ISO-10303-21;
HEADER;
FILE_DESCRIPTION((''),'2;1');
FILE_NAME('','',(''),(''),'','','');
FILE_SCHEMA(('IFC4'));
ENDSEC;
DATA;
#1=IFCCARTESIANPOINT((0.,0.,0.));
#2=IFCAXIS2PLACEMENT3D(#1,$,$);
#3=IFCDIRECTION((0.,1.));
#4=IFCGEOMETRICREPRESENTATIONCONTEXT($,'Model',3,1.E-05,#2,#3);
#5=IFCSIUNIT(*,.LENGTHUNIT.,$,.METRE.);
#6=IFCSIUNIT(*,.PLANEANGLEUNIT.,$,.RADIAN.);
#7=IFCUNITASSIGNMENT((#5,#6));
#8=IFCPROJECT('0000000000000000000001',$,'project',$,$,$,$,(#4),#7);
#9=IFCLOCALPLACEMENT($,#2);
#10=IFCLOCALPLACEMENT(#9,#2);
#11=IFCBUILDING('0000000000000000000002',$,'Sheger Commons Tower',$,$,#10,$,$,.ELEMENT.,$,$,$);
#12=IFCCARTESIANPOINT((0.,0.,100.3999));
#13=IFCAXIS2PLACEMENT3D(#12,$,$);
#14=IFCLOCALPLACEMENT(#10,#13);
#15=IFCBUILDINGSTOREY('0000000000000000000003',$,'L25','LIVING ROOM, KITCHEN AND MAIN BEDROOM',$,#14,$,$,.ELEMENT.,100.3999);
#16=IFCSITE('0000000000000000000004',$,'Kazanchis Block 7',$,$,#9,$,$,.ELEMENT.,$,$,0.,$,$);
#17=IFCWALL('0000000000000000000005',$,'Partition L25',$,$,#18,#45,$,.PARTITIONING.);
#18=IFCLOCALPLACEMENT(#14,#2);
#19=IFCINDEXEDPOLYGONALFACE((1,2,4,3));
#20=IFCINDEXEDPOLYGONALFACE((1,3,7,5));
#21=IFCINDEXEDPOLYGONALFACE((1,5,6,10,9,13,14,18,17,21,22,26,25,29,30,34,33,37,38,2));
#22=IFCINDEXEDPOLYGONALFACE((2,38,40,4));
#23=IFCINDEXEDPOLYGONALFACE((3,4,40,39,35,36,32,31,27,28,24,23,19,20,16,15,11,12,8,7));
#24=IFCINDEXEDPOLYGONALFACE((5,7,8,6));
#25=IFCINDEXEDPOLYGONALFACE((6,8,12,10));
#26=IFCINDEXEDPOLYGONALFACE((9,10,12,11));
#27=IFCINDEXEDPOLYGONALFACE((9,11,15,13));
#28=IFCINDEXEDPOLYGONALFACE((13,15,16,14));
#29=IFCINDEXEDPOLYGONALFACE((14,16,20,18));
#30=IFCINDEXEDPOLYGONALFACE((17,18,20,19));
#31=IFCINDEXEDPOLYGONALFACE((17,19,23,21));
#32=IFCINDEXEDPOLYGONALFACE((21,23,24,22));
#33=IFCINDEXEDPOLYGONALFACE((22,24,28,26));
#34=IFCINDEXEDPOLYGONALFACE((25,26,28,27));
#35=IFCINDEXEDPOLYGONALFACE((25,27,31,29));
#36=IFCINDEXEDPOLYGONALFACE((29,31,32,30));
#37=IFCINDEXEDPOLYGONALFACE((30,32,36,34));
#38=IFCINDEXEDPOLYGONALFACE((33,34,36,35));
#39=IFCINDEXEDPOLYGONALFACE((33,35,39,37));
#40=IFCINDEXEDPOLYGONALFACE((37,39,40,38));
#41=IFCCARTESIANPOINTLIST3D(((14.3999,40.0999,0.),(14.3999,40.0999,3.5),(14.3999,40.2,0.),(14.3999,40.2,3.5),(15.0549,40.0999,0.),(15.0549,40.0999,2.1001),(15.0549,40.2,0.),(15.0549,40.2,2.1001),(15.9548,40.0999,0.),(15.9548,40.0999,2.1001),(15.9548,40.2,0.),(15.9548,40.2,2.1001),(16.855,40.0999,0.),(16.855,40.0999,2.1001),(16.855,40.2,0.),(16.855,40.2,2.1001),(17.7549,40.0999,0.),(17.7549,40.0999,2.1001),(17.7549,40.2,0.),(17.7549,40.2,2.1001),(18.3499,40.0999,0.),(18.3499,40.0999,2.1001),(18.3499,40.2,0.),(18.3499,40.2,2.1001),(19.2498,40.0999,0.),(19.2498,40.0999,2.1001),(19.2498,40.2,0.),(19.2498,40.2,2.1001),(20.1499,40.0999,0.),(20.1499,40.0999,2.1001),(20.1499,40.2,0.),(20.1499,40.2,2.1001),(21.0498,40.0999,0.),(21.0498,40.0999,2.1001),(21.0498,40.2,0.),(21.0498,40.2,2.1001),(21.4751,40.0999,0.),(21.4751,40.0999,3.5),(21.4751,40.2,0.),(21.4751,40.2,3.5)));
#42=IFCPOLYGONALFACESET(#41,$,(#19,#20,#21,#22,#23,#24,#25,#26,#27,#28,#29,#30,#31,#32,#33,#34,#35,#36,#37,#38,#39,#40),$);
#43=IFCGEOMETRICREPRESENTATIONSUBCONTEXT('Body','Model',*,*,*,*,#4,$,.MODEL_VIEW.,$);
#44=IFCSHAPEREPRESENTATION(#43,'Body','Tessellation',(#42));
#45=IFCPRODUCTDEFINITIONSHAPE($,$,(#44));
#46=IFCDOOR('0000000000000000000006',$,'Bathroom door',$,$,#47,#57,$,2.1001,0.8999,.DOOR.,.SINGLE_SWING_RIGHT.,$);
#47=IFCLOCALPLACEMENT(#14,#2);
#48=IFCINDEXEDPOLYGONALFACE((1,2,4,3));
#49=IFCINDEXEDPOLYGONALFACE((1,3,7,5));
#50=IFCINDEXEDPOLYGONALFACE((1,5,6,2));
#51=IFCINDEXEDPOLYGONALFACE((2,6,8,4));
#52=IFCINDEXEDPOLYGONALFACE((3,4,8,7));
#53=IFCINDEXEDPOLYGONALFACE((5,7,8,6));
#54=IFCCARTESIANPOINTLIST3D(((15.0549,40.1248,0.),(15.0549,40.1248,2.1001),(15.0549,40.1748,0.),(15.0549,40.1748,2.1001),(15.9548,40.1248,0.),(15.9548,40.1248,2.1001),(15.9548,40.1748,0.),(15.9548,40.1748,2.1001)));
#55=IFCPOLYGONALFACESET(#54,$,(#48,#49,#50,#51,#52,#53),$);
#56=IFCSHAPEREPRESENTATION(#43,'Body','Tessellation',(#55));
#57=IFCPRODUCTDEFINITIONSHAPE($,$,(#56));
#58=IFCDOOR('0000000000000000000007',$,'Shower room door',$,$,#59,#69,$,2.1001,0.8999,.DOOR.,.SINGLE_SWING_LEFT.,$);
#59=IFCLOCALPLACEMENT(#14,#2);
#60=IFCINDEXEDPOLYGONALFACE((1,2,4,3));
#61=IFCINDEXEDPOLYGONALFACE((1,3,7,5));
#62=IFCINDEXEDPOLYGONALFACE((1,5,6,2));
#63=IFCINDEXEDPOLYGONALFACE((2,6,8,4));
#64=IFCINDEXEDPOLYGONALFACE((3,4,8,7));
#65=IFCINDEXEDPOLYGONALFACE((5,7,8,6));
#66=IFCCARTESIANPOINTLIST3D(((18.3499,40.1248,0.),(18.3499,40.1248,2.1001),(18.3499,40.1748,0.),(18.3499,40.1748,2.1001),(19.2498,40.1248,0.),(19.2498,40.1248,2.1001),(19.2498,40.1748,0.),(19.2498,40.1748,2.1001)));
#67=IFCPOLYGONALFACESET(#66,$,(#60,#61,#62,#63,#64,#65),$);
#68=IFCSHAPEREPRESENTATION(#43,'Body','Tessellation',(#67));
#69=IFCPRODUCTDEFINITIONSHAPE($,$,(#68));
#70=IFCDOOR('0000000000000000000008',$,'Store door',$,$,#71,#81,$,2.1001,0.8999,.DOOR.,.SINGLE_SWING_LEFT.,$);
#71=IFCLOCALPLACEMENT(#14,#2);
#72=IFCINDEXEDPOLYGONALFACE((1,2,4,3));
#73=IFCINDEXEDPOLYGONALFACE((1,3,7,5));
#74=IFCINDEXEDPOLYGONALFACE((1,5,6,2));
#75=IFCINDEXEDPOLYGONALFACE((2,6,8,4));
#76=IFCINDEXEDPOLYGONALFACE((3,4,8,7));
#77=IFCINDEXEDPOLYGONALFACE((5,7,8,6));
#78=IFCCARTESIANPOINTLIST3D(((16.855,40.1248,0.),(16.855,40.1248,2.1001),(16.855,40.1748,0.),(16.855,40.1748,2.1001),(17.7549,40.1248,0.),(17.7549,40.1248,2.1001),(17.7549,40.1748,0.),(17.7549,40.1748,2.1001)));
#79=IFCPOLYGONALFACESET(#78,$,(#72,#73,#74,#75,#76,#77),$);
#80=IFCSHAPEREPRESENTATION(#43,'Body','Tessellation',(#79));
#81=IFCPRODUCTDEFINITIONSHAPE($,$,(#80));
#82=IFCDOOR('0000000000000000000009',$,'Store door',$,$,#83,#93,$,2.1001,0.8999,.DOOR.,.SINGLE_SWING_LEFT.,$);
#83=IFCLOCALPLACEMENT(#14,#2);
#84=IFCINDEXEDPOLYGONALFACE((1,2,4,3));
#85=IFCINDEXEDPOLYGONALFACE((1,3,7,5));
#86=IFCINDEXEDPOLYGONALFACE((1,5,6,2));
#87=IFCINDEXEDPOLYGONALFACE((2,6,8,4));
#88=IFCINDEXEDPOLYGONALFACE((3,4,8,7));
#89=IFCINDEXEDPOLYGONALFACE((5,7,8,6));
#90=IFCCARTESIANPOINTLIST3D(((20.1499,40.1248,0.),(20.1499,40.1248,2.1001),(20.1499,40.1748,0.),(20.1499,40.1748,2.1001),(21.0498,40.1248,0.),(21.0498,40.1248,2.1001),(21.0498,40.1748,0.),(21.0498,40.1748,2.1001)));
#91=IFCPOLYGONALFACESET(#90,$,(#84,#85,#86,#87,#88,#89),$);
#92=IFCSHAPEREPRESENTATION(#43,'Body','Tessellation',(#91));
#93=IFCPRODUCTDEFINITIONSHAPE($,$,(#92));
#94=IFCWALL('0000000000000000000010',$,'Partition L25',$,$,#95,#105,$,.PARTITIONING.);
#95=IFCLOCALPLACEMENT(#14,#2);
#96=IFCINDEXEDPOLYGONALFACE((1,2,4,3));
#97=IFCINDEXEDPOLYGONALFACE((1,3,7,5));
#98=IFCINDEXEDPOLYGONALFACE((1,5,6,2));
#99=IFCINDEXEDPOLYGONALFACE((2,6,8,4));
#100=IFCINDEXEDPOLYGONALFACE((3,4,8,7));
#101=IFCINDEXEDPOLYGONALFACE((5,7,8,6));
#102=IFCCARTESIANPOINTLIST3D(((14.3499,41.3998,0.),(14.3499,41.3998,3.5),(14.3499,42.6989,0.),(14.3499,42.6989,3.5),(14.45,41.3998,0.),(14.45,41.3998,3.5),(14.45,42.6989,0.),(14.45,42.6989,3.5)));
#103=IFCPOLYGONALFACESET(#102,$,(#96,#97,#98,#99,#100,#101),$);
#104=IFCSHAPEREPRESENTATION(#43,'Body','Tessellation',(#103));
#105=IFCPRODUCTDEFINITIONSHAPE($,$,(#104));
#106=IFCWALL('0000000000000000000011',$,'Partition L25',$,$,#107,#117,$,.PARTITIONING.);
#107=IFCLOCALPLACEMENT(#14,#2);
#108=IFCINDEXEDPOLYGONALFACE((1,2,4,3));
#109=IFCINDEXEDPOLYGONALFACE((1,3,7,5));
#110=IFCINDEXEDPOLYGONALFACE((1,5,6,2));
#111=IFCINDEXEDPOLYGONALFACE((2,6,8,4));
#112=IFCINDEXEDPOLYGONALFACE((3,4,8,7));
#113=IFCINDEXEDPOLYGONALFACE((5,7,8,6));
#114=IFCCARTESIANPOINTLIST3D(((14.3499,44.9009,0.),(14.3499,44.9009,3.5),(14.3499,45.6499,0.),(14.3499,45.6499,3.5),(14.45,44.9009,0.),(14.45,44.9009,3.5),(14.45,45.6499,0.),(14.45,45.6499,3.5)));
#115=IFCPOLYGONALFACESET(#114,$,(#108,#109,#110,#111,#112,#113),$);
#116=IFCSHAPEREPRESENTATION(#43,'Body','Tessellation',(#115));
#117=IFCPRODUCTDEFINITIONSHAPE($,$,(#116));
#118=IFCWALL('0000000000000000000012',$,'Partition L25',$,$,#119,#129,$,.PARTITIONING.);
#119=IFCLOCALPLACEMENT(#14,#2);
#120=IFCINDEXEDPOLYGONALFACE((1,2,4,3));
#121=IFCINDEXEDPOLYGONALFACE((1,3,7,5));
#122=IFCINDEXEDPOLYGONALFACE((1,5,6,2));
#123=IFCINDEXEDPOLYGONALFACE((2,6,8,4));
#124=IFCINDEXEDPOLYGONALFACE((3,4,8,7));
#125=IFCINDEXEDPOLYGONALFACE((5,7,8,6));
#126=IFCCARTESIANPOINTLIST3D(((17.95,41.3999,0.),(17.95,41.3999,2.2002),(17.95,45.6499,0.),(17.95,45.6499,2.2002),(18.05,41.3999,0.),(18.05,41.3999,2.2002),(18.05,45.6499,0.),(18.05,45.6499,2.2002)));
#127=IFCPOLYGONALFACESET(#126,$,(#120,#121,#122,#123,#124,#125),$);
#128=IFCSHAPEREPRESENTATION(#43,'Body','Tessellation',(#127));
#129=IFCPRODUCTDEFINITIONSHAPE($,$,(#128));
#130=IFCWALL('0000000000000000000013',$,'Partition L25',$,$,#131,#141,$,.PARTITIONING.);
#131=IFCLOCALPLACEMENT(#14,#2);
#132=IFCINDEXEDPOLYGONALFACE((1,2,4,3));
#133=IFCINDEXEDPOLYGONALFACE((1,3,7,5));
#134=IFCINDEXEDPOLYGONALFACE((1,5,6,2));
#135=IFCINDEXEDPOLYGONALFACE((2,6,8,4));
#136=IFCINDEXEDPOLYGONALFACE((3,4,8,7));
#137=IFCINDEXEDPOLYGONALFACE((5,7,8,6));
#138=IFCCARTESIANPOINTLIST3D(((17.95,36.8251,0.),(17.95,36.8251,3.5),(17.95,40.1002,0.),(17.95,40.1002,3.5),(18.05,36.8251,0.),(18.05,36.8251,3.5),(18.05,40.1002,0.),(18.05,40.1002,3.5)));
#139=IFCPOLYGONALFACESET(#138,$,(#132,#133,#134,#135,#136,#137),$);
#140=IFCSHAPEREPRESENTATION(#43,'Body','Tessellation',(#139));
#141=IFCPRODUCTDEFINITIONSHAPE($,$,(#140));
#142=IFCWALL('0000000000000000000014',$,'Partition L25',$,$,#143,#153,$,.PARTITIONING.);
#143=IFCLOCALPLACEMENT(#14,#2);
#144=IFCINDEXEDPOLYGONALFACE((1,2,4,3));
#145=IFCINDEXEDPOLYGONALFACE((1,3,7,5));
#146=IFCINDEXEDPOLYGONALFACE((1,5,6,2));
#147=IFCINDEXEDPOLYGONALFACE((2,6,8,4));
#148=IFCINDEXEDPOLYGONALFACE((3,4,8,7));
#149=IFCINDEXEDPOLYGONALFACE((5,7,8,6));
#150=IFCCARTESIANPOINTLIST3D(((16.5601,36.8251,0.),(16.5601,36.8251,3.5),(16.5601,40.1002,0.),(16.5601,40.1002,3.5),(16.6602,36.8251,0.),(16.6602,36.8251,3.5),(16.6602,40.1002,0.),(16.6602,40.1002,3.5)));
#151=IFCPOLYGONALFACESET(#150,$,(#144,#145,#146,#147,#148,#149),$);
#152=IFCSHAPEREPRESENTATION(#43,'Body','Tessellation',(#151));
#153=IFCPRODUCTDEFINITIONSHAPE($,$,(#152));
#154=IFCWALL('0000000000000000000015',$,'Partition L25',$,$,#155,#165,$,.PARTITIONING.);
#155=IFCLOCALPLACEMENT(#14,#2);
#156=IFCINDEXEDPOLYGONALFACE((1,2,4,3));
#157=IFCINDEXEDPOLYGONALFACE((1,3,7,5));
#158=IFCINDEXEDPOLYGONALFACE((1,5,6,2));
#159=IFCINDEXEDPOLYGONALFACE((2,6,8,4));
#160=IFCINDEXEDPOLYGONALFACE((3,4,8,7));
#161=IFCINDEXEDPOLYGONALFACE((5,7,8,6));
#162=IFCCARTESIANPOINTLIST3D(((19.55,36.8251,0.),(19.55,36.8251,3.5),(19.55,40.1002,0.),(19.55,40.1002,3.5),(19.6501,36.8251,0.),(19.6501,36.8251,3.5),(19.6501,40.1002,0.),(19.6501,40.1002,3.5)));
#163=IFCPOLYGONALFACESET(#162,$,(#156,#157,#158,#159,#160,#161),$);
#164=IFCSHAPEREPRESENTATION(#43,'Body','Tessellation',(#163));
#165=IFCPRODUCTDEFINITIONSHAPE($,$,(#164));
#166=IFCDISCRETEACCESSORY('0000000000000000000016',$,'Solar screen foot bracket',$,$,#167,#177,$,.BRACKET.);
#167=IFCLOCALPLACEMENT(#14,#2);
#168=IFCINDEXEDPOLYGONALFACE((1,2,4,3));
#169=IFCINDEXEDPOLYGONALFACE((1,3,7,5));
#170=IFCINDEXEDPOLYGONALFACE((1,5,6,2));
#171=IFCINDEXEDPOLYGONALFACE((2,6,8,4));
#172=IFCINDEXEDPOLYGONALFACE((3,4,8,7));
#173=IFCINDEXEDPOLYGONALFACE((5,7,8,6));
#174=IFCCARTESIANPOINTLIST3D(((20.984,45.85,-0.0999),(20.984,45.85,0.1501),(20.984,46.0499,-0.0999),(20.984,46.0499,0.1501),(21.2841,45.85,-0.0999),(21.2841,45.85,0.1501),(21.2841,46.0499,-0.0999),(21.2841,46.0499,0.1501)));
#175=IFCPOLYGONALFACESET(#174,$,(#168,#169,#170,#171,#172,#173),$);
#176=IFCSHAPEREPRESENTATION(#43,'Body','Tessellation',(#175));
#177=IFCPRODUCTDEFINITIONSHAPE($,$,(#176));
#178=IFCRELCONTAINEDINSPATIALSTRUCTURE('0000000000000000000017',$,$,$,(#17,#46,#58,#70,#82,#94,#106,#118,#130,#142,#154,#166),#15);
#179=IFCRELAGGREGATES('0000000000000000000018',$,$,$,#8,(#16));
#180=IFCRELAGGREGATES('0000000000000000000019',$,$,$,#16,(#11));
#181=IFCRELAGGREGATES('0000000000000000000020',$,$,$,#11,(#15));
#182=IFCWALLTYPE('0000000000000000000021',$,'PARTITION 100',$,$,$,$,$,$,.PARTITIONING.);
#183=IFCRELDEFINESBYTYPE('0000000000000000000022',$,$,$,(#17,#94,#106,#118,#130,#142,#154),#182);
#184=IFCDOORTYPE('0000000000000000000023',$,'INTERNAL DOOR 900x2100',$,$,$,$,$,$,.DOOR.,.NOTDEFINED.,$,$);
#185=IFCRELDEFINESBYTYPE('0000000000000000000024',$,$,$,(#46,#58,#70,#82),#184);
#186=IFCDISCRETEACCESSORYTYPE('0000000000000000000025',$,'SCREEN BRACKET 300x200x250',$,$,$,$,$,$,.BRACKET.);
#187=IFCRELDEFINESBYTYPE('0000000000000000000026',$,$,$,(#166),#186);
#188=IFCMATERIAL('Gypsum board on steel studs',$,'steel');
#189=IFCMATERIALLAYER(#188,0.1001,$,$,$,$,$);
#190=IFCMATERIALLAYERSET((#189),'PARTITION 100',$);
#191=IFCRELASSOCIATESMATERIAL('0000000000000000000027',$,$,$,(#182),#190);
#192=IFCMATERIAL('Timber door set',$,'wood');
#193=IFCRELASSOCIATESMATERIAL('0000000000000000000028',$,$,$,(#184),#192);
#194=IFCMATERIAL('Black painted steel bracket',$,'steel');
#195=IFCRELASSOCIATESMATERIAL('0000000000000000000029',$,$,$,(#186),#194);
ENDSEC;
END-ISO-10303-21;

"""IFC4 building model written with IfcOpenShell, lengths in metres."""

from ifc_helpers import new_model, si_unit, direction, frame, frame_2d, origin, origin_2d, place, context, subcontext, project, spatial, rectangle, extrude, material, layer, layer_set, type_object, element, fill, save


model = new_model("IFC4")

# Units and contexts
model_context = context("Model", 3, precision=1e-05, world=origin(), true_north=direction((0.0, 1.0)))
body_context = subcontext(model_context, "Body", "Model", "MODEL_VIEW")
ifc_project = project(units=[si_unit("LENGTHUNIT", "METRE"), si_unit("PLANEANGLEUNIT", "RADIAN")], contexts=[model_context])

# Site, building, storey
site_placement = place(None, origin())
site = spatial("IfcSite", under=ifc_project, at=site_placement, Name="Kazanchis Block 7", CompositionType="ELEMENT", RefElevation=0.0)
building_placement = place(site_placement, origin())
building = spatial("IfcBuilding", under=site, at=building_placement, Name="Sheger Commons Tower", CompositionType="ELEMENT")
storey_placement = place(building_placement, frame((0.0, 0.0, 100.3999)))
storey = spatial("IfcBuildingStorey", under=building, at=storey_placement, Name="L25", Description="LIVING ROOM, KITCHEN AND MAIN BEDROOM", CompositionType="ELEMENT", Elevation=100.3999)

# Wall, openings, doors
ifc_material_1 = material(Name="Gypsum board on steel studs", Category="steel")
ifc_layer_1 = layer(ifc_material_1, 0.1001)
ifc_layer_set_1 = layer_set([ifc_layer_1], Name="PARTITION 100")
wall_type_1 = type_object("IfcWallType", Name="PARTITION 100", PredefinedType="PARTITIONING", material=ifc_layer_set_1)
ifc_material_2 = material(Name="Timber door set", Category="wood")
door_type = type_object("IfcDoorType", Name="INTERNAL DOOR 900x2100", OperationType="NOTDEFINED", PredefinedType="DOOR", material=ifc_material_2)
wall_1_placement = place(storey_placement, frame((14.3999, 40.1499, 0.0), z_axis=(0.0, 0.0, 1.0), x_axis=(1.0, 0.0, 0.0)))
wall_1 = element("IfcWall", 1, at=wall_1_placement, inside=storey, type_object=wall_type_1, Name="Partition L25", PredefinedType="PARTITIONING", context=body_context, shape_type="SweptSolid", body=[
    extrude(rectangle(XDim=7.0752, YDim=0.1001, at=frame_2d((3.5376, 0.0))), origin(), (0.0, 0.0, 1.0), 3.5),
])
opening_1_placement = place(wall_1_placement, frame((0.655, 0.0, 0.0)))
opening_1 = element("IfcOpeningElement", 2, at=opening_1_placement, cuts=wall_1, PredefinedType="OPENING", context=body_context, shape_type="SweptSolid", body=[
    extrude(rectangle(XDim=0.8999, YDim=2.1001, at=frame_2d((0.45, 1.05))), frame((0.0, 0.0601, 0.0), z_axis=(0.0, -1.0, 0.0), x_axis=(1.0, 0.0, 0.0)), (0.0, 0.0, 1.0), 0.1201),
])
opening_2_placement = place(wall_1_placement, frame((3.95, 0.0, 0.0)))
opening_2 = element("IfcOpeningElement", 3, at=opening_2_placement, cuts=wall_1, PredefinedType="OPENING", context=body_context, shape_type="SweptSolid", body=[
    extrude(rectangle(XDim=0.8999, YDim=2.1001, at=frame_2d((0.45, 1.05))), frame((0.0, 0.0601, 0.0), z_axis=(0.0, -1.0, 0.0), x_axis=(1.0, 0.0, 0.0)), (0.0, 0.0, 1.0), 0.1201),
])
opening_3_placement = place(wall_1_placement, frame((2.4551, 0.0, 0.0)))
opening_3 = element("IfcOpeningElement", 4, at=opening_3_placement, cuts=wall_1, PredefinedType="OPENING", context=body_context, shape_type="SweptSolid", body=[
    extrude(rectangle(XDim=0.8999, YDim=2.1001, at=frame_2d((0.45, 1.05))), frame((0.0, 0.0601, 0.0), z_axis=(0.0, -1.0, 0.0), x_axis=(1.0, 0.0, 0.0)), (0.0, 0.0, 1.0), 0.1201),
])
opening_4_placement = place(wall_1_placement, frame((5.75, 0.0, 0.0)))
opening_4 = element("IfcOpeningElement", 5, at=opening_4_placement, cuts=wall_1, PredefinedType="OPENING", context=body_context, shape_type="SweptSolid", body=[
    extrude(rectangle(XDim=0.8999, YDim=2.1001, at=frame_2d((0.45, 1.05))), frame((0.0, 0.0601, 0.0), z_axis=(0.0, -1.0, 0.0), x_axis=(1.0, 0.0, 0.0)), (0.0, 0.0, 1.0), 0.1201),
])
door_1_placement = place(opening_1_placement, origin())
door_1 = element("IfcDoor", 6, at=door_1_placement, inside=storey, type_object=door_type, Name="Bathroom door", OperationType="SINGLE_SWING_RIGHT", OverallHeight=2.1001, OverallWidth=0.8999, PredefinedType="DOOR", context=body_context, shape_type="SweptSolid", body=[
    extrude(rectangle(XDim=0.8999, YDim=2.1001, at=frame_2d((0.45, 1.05))), frame((0.0, 0.0249, 0.0), z_axis=(0.0, -1.0, 0.0), x_axis=(1.0, 0.0, 0.0)), (0.0, 0.0, 1.0), 0.05),
])
fill(opening_1, door_1)
door_2_placement = place(opening_2_placement, origin())
door_2 = element("IfcDoor", 7, at=door_2_placement, inside=storey, type_object=door_type, Name="Shower room door", OperationType="SINGLE_SWING_LEFT", OverallHeight=2.1001, OverallWidth=0.8999, PredefinedType="DOOR", context=body_context, shape_type="SweptSolid", body=[
    extrude(rectangle(XDim=0.8999, YDim=2.1001, at=frame_2d((0.45, 1.05))), frame((0.0, 0.0249, 0.0), z_axis=(0.0, -1.0, 0.0), x_axis=(1.0, 0.0, 0.0)), (0.0, 0.0, 1.0), 0.05),
])
fill(opening_2, door_2)
door_3_placement = place(opening_3_placement, origin())
door_3 = element("IfcDoor", 8, at=door_3_placement, inside=storey, type_object=door_type, Name="Store door", OperationType="SINGLE_SWING_LEFT", OverallHeight=2.1001, OverallWidth=0.8999, PredefinedType="DOOR", context=body_context, shape_type="SweptSolid", body=[
    extrude(rectangle(XDim=0.8999, YDim=2.1001, at=frame_2d((0.45, 1.05))), frame((0.0, 0.0249, 0.0), z_axis=(0.0, -1.0, 0.0), x_axis=(1.0, 0.0, 0.0)), (0.0, 0.0, 1.0), 0.05),
])
fill(opening_3, door_3)
door_4_placement = place(opening_4_placement, origin())
door_4 = element("IfcDoor", 9, at=door_4_placement, inside=storey, type_object=door_type, Name="Store door", OperationType="SINGLE_SWING_LEFT", OverallHeight=2.1001, OverallWidth=0.8999, PredefinedType="DOOR", context=body_context, shape_type="SweptSolid", body=[
    extrude(rectangle(XDim=0.8999, YDim=2.1001, at=frame_2d((0.45, 1.05))), frame((0.0, 0.0249, 0.0), z_axis=(0.0, -1.0, 0.0), x_axis=(1.0, 0.0, 0.0)), (0.0, 0.0, 1.0), 0.05),
])
fill(opening_4, door_4)

# Walls
wall_2_placement = place(storey_placement, frame((14.3999, 41.3999, 0.0), z_axis=(0.0, 0.0, 1.0), x_axis=(0.0, 1.0, 0.0)))
element("IfcWall", 10, at=wall_2_placement, inside=storey, type_object=wall_type_1, Name="Partition L25", PredefinedType="PARTITIONING", context=body_context, shape_type="SweptSolid", body=[
    extrude(rectangle(XDim=1.2991, YDim=0.1001, at=frame_2d((0.6494, 0.0))), origin(), (0.0, 0.0, 1.0), 3.5),
])
wall_3_placement = place(storey_placement, frame((14.3999, 44.9009, 0.0), z_axis=(0.0, 0.0, 1.0), x_axis=(0.0, 1.0, 0.0)))
element("IfcWall", 11, at=wall_3_placement, inside=storey, type_object=wall_type_1, Name="Partition L25", PredefinedType="PARTITIONING", context=body_context, shape_type="SweptSolid", body=[
    extrude(rectangle(XDim=0.749, YDim=0.1001, at=frame_2d((0.3745, 0.0))), origin(), (0.0, 0.0, 1.0), 3.5),
])
wall_4_placement = place(storey_placement, frame((18.0, 41.3999, 0.0), z_axis=(0.0, 0.0, 1.0), x_axis=(0.0, 1.0, 0.0)))
element("IfcWall", 12, at=wall_4_placement, inside=storey, type_object=wall_type_1, Name="Partition L25", PredefinedType="PARTITIONING", context=body_context, shape_type="SweptSolid", body=[
    extrude(rectangle(XDim=4.25, YDim=0.1001, at=frame_2d((2.125, 0.0))), origin(), (0.0, 0.0, 1.0), 2.2002),
])
for number, where, z_axis, x_axis, name in (
    (13, (18.0, 36.825, 0.0), (0.0, 0.0, 1.0), (0.0, 1.0, 0.0), "Partition L25"),
    (14, (16.6101, 36.825, 0.0), (0.0, 0.0, 1.0), (0.0, 1.0, 0.0), "Partition L25"),
    (15, (19.6001, 36.825, 0.0), (0.0, 0.0, 1.0), (0.0, 1.0, 0.0), "Partition L25"),
):
    element("IfcWall", number, at=place(storey_placement, frame(where, z_axis=z_axis, x_axis=x_axis)), inside=storey, type_object=wall_type_1, Name=name, PredefinedType="PARTITIONING", context=body_context, shape_type="SweptSolid", body=[
        extrude(rectangle(XDim=3.2751, YDim=0.1001, at=frame_2d((1.6377, 0.0))), origin(), (0.0, 0.0, 1.0), 3.5),
    ])

# Discrete accessory
ifc_material_3 = material(Name="Black painted steel bracket", Category="steel")
discrete_accessory_type = type_object("IfcDiscreteAccessoryType", Name="SCREEN BRACKET 300x200x250", PredefinedType="BRACKET", material=ifc_material_3)
for number, where, z_axis, x_axis, name in (
    (16, (21.134, 45.95, -0.0999), (0.0, 0.0, 1.0), (-1.0, 0.0, 0.0), "Solar screen foot bracket"),
):
    element("IfcDiscreteAccessory", number, at=place(storey_placement, frame(where, z_axis=z_axis, x_axis=x_axis)), inside=storey, type_object=discrete_accessory_type, Name=name, PredefinedType="BRACKET", context=body_context, shape_type="SweptSolid", body=[
        extrude(rectangle(XDim=0.3, YDim=0.2, at=origin_2d()), origin(), (0.0, 0.0, 1.0), 0.25),
    ])

save(model, "model.ifc")
